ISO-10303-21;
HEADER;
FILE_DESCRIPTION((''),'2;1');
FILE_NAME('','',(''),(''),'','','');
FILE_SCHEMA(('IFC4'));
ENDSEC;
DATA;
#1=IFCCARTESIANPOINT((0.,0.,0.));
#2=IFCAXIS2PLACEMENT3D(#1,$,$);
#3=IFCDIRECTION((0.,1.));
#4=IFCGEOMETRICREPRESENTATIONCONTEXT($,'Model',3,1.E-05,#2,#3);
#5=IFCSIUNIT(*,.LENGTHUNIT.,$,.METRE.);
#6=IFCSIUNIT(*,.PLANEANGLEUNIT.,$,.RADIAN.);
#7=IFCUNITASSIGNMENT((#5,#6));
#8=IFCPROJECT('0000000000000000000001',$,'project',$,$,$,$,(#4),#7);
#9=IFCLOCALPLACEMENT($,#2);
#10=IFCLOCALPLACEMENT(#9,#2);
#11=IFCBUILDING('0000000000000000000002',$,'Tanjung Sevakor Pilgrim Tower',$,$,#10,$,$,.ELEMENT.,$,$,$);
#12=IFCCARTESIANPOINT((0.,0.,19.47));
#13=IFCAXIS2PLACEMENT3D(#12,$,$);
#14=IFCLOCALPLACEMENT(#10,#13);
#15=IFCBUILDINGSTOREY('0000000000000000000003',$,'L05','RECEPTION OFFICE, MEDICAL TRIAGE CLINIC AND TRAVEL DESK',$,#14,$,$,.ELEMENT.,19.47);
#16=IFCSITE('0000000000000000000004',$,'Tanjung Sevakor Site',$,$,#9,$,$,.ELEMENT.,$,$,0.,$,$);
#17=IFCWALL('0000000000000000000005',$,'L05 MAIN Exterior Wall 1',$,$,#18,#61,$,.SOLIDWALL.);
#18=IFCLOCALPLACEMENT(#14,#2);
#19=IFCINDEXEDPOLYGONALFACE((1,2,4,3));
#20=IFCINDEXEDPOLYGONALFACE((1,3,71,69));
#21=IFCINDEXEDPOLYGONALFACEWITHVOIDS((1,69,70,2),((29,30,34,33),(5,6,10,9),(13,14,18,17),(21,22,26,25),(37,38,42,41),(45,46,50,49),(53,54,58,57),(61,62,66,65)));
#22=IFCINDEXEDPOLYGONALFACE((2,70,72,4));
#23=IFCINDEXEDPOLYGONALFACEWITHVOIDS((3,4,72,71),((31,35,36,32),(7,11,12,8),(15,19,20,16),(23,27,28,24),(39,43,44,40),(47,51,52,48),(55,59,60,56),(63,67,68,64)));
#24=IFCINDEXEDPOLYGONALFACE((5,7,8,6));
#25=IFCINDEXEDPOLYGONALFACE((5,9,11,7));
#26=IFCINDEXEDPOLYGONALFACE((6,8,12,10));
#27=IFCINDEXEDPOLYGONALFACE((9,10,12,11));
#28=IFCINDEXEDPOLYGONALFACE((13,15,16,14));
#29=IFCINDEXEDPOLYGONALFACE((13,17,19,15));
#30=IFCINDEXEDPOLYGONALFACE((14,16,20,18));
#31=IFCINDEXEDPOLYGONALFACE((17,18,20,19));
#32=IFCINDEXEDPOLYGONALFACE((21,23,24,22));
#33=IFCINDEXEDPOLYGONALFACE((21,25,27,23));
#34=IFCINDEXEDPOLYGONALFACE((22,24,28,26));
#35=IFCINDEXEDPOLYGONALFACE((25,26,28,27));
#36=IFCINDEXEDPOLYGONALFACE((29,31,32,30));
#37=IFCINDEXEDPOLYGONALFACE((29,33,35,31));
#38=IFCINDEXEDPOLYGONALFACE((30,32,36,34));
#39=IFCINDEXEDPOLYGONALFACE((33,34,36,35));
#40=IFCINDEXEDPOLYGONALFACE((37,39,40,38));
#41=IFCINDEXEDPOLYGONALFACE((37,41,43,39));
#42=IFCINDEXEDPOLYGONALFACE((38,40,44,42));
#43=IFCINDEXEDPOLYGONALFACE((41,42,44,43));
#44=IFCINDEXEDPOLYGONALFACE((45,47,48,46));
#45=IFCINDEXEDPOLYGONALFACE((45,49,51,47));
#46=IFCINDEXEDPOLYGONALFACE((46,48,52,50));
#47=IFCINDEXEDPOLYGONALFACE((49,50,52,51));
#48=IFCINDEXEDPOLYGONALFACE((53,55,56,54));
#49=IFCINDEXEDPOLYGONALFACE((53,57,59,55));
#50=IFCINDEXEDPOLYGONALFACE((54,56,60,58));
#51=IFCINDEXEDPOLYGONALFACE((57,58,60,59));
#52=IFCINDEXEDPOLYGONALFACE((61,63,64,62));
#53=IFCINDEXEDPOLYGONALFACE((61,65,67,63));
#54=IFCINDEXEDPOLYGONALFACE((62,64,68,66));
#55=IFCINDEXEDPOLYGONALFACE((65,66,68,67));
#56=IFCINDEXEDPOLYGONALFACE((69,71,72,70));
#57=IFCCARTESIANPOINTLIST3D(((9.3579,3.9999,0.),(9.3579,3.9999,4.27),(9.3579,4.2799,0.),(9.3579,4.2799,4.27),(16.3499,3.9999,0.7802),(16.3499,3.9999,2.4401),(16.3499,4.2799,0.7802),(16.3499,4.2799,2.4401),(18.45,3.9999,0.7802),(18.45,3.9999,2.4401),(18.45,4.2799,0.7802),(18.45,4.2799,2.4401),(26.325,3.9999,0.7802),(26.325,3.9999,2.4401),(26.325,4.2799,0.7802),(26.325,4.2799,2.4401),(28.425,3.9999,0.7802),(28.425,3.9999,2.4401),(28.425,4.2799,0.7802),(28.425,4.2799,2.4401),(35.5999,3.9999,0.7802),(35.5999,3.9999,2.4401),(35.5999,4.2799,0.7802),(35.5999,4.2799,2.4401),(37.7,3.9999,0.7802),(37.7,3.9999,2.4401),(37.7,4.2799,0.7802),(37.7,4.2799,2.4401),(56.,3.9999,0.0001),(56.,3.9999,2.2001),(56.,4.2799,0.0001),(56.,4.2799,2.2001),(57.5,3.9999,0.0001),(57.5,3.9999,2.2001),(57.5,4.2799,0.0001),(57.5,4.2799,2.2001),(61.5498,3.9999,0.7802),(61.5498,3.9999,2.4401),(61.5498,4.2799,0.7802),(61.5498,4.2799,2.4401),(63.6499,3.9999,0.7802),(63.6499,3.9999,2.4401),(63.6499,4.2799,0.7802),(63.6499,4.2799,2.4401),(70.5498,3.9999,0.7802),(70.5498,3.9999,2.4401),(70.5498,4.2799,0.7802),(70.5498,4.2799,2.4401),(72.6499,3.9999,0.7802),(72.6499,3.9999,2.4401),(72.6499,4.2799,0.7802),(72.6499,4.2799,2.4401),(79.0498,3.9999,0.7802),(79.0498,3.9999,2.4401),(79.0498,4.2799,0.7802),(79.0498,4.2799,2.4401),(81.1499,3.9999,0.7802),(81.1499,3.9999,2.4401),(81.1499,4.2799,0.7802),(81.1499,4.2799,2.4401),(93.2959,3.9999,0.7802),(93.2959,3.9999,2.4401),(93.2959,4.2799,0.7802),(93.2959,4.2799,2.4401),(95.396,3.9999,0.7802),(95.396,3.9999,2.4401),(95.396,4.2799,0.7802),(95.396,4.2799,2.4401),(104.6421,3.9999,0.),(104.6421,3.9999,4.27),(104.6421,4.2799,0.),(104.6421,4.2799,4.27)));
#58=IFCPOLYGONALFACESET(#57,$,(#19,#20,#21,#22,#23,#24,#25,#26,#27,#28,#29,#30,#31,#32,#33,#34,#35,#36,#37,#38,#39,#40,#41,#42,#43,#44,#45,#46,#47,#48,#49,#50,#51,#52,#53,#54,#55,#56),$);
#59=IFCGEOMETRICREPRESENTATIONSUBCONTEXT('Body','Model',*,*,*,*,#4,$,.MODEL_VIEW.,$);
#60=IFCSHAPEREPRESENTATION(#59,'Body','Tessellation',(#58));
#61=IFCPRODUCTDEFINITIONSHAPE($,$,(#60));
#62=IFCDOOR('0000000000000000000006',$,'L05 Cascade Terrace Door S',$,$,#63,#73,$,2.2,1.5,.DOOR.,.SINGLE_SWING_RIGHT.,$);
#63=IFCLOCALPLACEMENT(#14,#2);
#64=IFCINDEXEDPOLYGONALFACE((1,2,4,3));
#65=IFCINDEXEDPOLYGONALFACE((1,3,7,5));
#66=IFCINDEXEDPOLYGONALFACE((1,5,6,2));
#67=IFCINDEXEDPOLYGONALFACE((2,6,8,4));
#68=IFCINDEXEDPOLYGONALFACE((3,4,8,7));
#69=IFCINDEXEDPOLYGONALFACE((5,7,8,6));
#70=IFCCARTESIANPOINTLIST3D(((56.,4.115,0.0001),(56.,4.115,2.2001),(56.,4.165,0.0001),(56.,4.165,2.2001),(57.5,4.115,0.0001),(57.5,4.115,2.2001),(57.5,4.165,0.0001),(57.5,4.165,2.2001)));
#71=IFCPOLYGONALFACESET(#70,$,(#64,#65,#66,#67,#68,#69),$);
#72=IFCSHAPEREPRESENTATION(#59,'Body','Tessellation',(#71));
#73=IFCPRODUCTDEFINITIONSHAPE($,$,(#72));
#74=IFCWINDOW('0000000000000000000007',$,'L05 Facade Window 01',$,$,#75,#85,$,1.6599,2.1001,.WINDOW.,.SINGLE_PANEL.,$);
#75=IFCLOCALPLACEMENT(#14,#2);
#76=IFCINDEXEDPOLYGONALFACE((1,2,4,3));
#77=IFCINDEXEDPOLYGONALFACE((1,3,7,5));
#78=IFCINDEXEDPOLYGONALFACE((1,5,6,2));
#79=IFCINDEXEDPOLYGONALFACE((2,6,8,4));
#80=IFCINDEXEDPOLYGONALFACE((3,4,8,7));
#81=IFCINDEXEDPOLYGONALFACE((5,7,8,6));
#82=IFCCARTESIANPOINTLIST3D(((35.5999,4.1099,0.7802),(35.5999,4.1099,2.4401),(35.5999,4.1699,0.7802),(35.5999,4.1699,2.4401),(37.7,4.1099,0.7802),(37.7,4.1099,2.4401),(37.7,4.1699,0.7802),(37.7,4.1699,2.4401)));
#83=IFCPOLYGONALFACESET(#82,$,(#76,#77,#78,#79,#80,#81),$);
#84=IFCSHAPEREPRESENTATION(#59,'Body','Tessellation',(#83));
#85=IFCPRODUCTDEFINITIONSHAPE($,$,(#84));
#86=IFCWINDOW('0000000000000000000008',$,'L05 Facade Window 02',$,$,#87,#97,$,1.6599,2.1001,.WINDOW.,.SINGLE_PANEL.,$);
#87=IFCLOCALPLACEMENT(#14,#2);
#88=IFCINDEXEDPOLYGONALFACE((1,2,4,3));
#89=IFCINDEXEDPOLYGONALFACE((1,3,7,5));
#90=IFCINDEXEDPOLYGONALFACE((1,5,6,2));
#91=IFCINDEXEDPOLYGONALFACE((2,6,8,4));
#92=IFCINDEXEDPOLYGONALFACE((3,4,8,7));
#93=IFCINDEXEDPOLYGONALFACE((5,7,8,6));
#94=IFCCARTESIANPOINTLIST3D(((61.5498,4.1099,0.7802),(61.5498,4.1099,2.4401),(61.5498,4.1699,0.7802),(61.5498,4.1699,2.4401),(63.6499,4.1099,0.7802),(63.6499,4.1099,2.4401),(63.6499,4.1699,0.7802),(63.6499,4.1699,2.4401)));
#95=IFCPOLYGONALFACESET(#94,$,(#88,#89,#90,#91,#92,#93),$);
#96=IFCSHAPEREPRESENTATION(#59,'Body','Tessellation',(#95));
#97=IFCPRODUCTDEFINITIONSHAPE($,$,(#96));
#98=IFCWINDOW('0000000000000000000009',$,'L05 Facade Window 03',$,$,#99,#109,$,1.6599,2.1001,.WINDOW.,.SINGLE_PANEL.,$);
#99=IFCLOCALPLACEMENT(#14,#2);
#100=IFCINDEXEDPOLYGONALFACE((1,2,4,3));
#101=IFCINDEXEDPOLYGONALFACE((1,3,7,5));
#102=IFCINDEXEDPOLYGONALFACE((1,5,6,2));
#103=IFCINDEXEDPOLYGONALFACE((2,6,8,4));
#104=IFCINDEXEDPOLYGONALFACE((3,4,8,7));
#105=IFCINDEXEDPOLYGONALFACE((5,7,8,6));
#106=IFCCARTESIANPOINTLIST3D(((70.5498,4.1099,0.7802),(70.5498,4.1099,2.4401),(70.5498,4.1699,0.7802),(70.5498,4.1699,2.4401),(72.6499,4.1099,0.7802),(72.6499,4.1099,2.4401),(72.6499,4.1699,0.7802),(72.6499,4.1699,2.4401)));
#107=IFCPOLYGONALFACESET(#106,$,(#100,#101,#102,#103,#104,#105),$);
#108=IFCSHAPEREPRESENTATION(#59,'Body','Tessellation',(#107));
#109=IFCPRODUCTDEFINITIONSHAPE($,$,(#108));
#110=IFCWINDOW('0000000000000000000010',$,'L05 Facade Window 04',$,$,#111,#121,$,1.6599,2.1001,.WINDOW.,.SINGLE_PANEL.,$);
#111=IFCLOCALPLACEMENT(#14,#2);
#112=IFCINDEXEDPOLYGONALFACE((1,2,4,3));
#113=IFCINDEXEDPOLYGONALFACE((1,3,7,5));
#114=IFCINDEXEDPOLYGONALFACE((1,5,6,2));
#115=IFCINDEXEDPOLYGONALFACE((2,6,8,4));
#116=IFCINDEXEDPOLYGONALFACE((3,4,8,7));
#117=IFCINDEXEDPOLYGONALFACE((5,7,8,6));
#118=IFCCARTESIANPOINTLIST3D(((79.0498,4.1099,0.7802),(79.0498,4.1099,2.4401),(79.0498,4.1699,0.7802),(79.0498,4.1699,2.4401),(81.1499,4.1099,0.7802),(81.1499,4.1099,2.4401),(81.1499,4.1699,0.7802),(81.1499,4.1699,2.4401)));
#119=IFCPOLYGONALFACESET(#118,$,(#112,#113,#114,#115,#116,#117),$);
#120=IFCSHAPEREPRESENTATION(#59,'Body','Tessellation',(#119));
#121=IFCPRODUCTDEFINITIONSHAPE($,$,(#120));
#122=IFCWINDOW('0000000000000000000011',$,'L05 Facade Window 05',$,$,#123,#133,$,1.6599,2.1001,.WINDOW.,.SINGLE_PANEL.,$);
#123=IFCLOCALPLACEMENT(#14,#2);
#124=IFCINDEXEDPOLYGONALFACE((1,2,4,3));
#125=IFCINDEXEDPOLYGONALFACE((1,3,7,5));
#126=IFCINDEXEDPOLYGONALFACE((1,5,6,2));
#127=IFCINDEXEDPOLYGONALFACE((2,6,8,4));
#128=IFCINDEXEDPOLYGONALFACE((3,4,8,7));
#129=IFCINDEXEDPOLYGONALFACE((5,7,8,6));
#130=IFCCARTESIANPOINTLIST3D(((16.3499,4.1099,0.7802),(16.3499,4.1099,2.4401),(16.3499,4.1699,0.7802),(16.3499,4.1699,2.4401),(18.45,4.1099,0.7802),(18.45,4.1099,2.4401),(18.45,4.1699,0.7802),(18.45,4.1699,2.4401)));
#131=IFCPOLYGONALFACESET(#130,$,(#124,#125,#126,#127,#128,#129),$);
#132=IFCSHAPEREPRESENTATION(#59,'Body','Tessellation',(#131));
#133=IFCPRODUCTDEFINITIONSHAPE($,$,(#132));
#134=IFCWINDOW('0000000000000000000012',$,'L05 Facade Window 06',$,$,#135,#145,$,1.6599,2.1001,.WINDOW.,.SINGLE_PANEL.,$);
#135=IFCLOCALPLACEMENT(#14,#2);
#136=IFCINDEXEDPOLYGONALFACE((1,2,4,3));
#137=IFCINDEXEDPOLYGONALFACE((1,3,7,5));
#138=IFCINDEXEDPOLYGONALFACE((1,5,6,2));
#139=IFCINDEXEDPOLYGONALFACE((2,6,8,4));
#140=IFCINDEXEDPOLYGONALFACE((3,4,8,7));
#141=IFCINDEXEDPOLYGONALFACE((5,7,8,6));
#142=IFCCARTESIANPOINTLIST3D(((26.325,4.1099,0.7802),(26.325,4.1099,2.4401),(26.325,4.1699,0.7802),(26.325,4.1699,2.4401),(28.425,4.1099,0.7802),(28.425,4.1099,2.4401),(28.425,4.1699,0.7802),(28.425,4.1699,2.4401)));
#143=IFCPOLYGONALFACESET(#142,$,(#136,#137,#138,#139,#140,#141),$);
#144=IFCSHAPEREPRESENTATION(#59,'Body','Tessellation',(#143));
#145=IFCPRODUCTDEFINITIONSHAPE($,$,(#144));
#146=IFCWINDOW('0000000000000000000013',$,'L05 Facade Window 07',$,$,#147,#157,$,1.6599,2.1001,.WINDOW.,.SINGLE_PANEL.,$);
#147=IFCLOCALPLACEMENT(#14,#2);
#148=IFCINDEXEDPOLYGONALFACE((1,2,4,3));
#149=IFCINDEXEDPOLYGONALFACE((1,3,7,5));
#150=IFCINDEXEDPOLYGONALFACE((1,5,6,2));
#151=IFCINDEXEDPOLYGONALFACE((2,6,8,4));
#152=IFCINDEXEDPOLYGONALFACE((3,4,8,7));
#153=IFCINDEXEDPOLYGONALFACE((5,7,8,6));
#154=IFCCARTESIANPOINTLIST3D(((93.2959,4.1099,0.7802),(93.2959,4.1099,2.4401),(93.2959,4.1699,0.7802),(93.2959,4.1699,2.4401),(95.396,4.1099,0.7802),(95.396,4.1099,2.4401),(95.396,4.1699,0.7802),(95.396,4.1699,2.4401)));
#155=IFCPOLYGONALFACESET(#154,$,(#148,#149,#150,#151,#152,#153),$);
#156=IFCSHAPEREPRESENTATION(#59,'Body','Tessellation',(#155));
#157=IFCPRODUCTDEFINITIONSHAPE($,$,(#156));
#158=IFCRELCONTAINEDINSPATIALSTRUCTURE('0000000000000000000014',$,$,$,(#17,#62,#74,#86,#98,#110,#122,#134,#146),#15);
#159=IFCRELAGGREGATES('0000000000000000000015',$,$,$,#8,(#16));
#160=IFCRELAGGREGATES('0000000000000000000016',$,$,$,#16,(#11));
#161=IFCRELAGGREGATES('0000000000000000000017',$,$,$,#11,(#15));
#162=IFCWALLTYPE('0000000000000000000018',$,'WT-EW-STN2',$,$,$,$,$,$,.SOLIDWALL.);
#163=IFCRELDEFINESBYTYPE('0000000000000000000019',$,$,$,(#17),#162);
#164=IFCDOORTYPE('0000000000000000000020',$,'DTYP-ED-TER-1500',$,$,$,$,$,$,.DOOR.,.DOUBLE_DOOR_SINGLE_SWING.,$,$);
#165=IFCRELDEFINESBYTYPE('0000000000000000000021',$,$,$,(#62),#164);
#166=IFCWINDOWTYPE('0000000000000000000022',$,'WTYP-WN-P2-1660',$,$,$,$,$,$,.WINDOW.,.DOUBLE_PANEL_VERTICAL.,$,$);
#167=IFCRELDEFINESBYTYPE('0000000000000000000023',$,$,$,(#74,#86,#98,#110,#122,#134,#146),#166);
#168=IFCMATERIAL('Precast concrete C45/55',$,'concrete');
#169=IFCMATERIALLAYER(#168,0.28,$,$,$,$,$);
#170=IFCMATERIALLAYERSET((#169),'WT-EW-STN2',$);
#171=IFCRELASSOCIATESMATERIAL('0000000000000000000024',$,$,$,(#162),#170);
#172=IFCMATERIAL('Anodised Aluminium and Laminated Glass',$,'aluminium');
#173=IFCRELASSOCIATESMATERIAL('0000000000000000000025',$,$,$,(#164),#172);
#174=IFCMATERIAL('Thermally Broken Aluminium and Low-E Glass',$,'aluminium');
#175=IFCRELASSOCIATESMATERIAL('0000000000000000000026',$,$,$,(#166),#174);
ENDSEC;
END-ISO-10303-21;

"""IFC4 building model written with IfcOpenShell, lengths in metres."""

from ifc_helpers import new_model, si_unit, direction, frame, frame_2d, origin, place, context, subcontext, project, spatial, rectangle, extrude, material, layer, layer_set, type_object, element, fill, save


model = new_model("IFC4")

# Units and contexts
model_context = context("Model", 3, precision=1e-05, world=origin(), true_north=direction((0.0, 1.0)))
body_context = subcontext(model_context, "Body", "Model", "MODEL_VIEW")
ifc_project = project(units=[si_unit("LENGTHUNIT", "METRE"), si_unit("PLANEANGLEUNIT", "RADIAN")], contexts=[model_context])

# Site, building, storey
site_placement = place(None, origin())
site = spatial("IfcSite", under=ifc_project, at=site_placement, Name="Tanjung Sevakor Site", CompositionType="ELEMENT", RefElevation=0.0)
building_placement = place(site_placement, origin())
building = spatial("IfcBuilding", under=site, at=building_placement, Name="Tanjung Sevakor Pilgrim Tower", CompositionType="ELEMENT")
storey_placement = place(building_placement, frame((0.0, 0.0, 19.47)))
storey = spatial("IfcBuildingStorey", under=building, at=storey_placement, Name="L05", Description="RECEPTION OFFICE, MEDICAL TRIAGE CLINIC AND TRAVEL DESK", CompositionType="ELEMENT", Elevation=19.47)

# Wall, openings, door, windows
ifc_material_1 = material(Name="Precast concrete C45/55", Category="concrete")
ifc_layer_1 = layer(ifc_material_1, 0.28)
ifc_layer_set_1 = layer_set([ifc_layer_1], Name="WT-EW-STN2")
wall_type_1 = type_object("IfcWallType", Name="WT-EW-STN2", PredefinedType="SOLIDWALL", material=ifc_layer_set_1)
wall_1_placement = place(storey_placement, frame((9.3579, 4.1399, 0.0), z_axis=(0.0, 0.0, 1.0), x_axis=(1.0, 0.0, 0.0)))
wall_1 = element("IfcWall", 1, at=wall_1_placement, inside=storey, type_object=wall_type_1, Name="L05 MAIN Exterior Wall 1", PredefinedType="SOLIDWALL", context=body_context, shape_type="SweptSolid", body=[
    extrude(rectangle(XDim=95.2842, YDim=0.28, at=frame_2d((47.6421, 0.0))), origin(), (0.0, 0.0, 1.0), 4.27),
])
opening_1_placement = place(wall_1_placement, frame((46.6421, 0.0, 0.0)))
opening_1 = element("IfcOpeningElement", 2, at=opening_1_placement, cuts=wall_1, PredefinedType="OPENING", context=body_context, shape_type="SweptSolid", body=[
    extrude(rectangle(XDim=1.5, YDim=2.2, at=frame_2d((0.75, 1.1001))), frame((0.0, 0.1499, 0.0), z_axis=(0.0, -1.0, 0.0), x_axis=(1.0, 0.0, 0.0)), (0.0, 0.0, 1.0), 0.3),
])
opening_2_placement = place(wall_1_placement, frame((26.2419, 0.0, 0.78)))
opening_2 = element("IfcOpeningElement", 3, at=opening_2_placement, cuts=wall_1, PredefinedType="OPENING", context=body_context, shape_type="SweptSolid", body=[
    extrude(rectangle(XDim=2.1001, YDim=1.6599, at=frame_2d((1.05, 0.8301))), frame((0.0, 0.1499, 0.0), z_axis=(0.0, -1.0, 0.0), x_axis=(1.0, 0.0, 0.0)), (0.0, 0.0, 1.0), 0.3),
])
opening_3_placement = place(wall_1_placement, frame((52.1919, 0.0, 0.78)))
opening_3 = element("IfcOpeningElement", 4, at=opening_3_placement, cuts=wall_1, PredefinedType="OPENING", context=body_context, shape_type="SweptSolid", body=[
    extrude(rectangle(XDim=2.1001, YDim=1.6599, at=frame_2d((1.05, 0.8301))), frame((0.0, 0.1499, 0.0), z_axis=(0.0, -1.0, 0.0), x_axis=(1.0, 0.0, 0.0)), (0.0, 0.0, 1.0), 0.3),
])
opening_4_placement = place(wall_1_placement, frame((61.1919, 0.0, 0.78)))
opening_4 = element("IfcOpeningElement", 5, at=opening_4_placement, cuts=wall_1, PredefinedType="OPENING", context=body_context, shape_type="SweptSolid", body=[
    extrude(rectangle(XDim=2.1001, YDim=1.6599, at=frame_2d((1.05, 0.8301))), frame((0.0, 0.1499, 0.0), z_axis=(0.0, -1.0, 0.0), x_axis=(1.0, 0.0, 0.0)), (0.0, 0.0, 1.0), 0.3),
])
opening_5_placement = place(wall_1_placement, frame((69.6919, 0.0, 0.78)))
opening_5 = element("IfcOpeningElement", 6, at=opening_5_placement, cuts=wall_1, PredefinedType="OPENING", context=body_context, shape_type="SweptSolid", body=[
    extrude(rectangle(XDim=2.1001, YDim=1.6599, at=frame_2d((1.05, 0.8301))), frame((0.0, 0.1499, 0.0), z_axis=(0.0, -1.0, 0.0), x_axis=(1.0, 0.0, 0.0)), (0.0, 0.0, 1.0), 0.3),
])
opening_6_placement = place(wall_1_placement, frame((6.9919, 0.0, 0.78)))
opening_6 = element("IfcOpeningElement", 7, at=opening_6_placement, cuts=wall_1, PredefinedType="OPENING", context=body_context, shape_type="SweptSolid", body=[
    extrude(rectangle(XDim=2.1001, YDim=1.6599, at=frame_2d((1.05, 0.8301))), frame((0.0, 0.1499, 0.0), z_axis=(0.0, -1.0, 0.0), x_axis=(1.0, 0.0, 0.0)), (0.0, 0.0, 1.0), 0.3),
])
opening_7_placement = place(wall_1_placement, frame((16.967, 0.0, 0.78)))
opening_7 = element("IfcOpeningElement", 8, at=opening_7_placement, cuts=wall_1, PredefinedType="OPENING", context=body_context, shape_type="SweptSolid", body=[
    extrude(rectangle(XDim=2.1001, YDim=1.6599, at=frame_2d((1.05, 0.8301))), frame((0.0, 0.1499, 0.0), z_axis=(0.0, -1.0, 0.0), x_axis=(1.0, 0.0, 0.0)), (0.0, 0.0, 1.0), 0.3),
])
opening_8_placement = place(wall_1_placement, frame((83.938, 0.0, 0.78)))
opening_8 = element("IfcOpeningElement", 9, at=opening_8_placement, cuts=wall_1, PredefinedType="OPENING", context=body_context, shape_type="SweptSolid", body=[
    extrude(rectangle(XDim=2.1001, YDim=1.6599, at=frame_2d((1.05, 0.8301))), frame((0.0, 0.1499, 0.0), z_axis=(0.0, -1.0, 0.0), x_axis=(1.0, 0.0, 0.0)), (0.0, 0.0, 1.0), 0.3),
])
ifc_material_2 = material(Name="Anodised Aluminium and Laminated Glass", Category="aluminium")
door_type = type_object("IfcDoorType", Name="DTYP-ED-TER-1500", OperationType="DOUBLE_DOOR_SINGLE_SWING", PredefinedType="DOOR", material=ifc_material_2)
door_placement = place(opening_1_placement, frame((1.5, 0.0, 0.0), z_axis=(0.0, 0.0, 1.0), x_axis=(-1.0, 0.0, 0.0)))
door = element("IfcDoor", 10, at=door_placement, inside=storey, type_object=door_type, Name="L05 Cascade Terrace Door S", OperationType="SINGLE_SWING_RIGHT", OverallHeight=2.2, OverallWidth=1.5, PredefinedType="DOOR", context=body_context, shape_type="SweptSolid", body=[
    extrude(rectangle(XDim=1.5, YDim=2.2, at=frame_2d((0.75, 1.1001))), frame((0.0, 0.0249, 0.0), z_axis=(0.0, -1.0, 0.0), x_axis=(1.0, 0.0, 0.0)), (0.0, 0.0, 1.0), 0.05),
])
fill(opening_1, door)
ifc_material_3 = material(Name="Thermally Broken Aluminium and Low-E Glass", Category="aluminium")
window_type_1 = type_object("IfcWindowType", Name="WTYP-WN-P2-1660", PartitioningType="DOUBLE_PANEL_VERTICAL", PredefinedType="WINDOW", material=ifc_material_3)
window_1_placement = place(opening_2_placement, origin())
window_1 = element("IfcWindow", 11, at=window_1_placement, inside=storey, type_object=window_type_1, Name="L05 Facade Window 01", OverallHeight=1.6599, OverallWidth=2.1001, PartitioningType="SINGLE_PANEL", PredefinedType="WINDOW", context=body_context, shape_type="SweptSolid", body=[
    extrude(rectangle(XDim=2.1001, YDim=1.6599, at=frame_2d((1.05, 0.8301))), frame((0.0, 0.03, 0.0), z_axis=(0.0, -1.0, 0.0), x_axis=(1.0, 0.0, 0.0)), (0.0, 0.0, 1.0), 0.0601),
])
fill(opening_2, window_1)
window_2_placement = place(opening_3_placement, origin())
window_2 = element("IfcWindow", 12, at=window_2_placement, inside=storey, type_object=window_type_1, Name="L05 Facade Window 02", OverallHeight=1.6599, OverallWidth=2.1001, PartitioningType="SINGLE_PANEL", PredefinedType="WINDOW", context=body_context, shape_type="SweptSolid", body=[
    extrude(rectangle(XDim=2.1001, YDim=1.6599, at=frame_2d((1.05, 0.8301))), frame((0.0, 0.03, 0.0), z_axis=(0.0, -1.0, 0.0), x_axis=(1.0, 0.0, 0.0)), (0.0, 0.0, 1.0), 0.0601),
])
fill(opening_3, window_2)
window_3_placement = place(opening_4_placement, origin())
window_3 = element("IfcWindow", 13, at=window_3_placement, inside=storey, type_object=window_type_1, Name="L05 Facade Window 03", OverallHeight=1.6599, OverallWidth=2.1001, PartitioningType="SINGLE_PANEL", PredefinedType="WINDOW", context=body_context, shape_type="SweptSolid", body=[
    extrude(rectangle(XDim=2.1001, YDim=1.6599, at=frame_2d((1.05, 0.8301))), frame((0.0, 0.03, 0.0), z_axis=(0.0, -1.0, 0.0), x_axis=(1.0, 0.0, 0.0)), (0.0, 0.0, 1.0), 0.0601),
])
fill(opening_4, window_3)
window_4_placement = place(opening_5_placement, origin())
window_4 = element("IfcWindow", 14, at=window_4_placement, inside=storey, type_object=window_type_1, Name="L05 Facade Window 04", OverallHeight=1.6599, OverallWidth=2.1001, PartitioningType="SINGLE_PANEL", PredefinedType="WINDOW", context=body_context, shape_type="SweptSolid", body=[
    extrude(rectangle(XDim=2.1001, YDim=1.6599, at=frame_2d((1.05, 0.8301))), frame((0.0, 0.03, 0.0), z_axis=(0.0, -1.0, 0.0), x_axis=(1.0, 0.0, 0.0)), (0.0, 0.0, 1.0), 0.0601),
])
fill(opening_5, window_4)
window_5_placement = place(opening_6_placement, origin())
window_5 = element("IfcWindow", 15, at=window_5_placement, inside=storey, type_object=window_type_1, Name="L05 Facade Window 05", OverallHeight=1.6599, OverallWidth=2.1001, PartitioningType="SINGLE_PANEL", PredefinedType="WINDOW", context=body_context, shape_type="SweptSolid", body=[
    extrude(rectangle(XDim=2.1001, YDim=1.6599, at=frame_2d((1.05, 0.8301))), frame((0.0, 0.03, 0.0), z_axis=(0.0, -1.0, 0.0), x_axis=(1.0, 0.0, 0.0)), (0.0, 0.0, 1.0), 0.0601),
])
fill(opening_6, window_5)
window_6_placement = place(opening_7_placement, origin())
window_6 = element("IfcWindow", 16, at=window_6_placement, inside=storey, type_object=window_type_1, Name="L05 Facade Window 06", OverallHeight=1.6599, OverallWidth=2.1001, PartitioningType="SINGLE_PANEL", PredefinedType="WINDOW", context=body_context, shape_type="SweptSolid", body=[
    extrude(rectangle(XDim=2.1001, YDim=1.6599, at=frame_2d((1.05, 0.8301))), frame((0.0, 0.03, 0.0), z_axis=(0.0, -1.0, 0.0), x_axis=(1.0, 0.0, 0.0)), (0.0, 0.0, 1.0), 0.0601),
])
fill(opening_7, window_6)
window_7_placement = place(opening_8_placement, origin())
window_7 = element("IfcWindow", 17, at=window_7_placement, inside=storey, type_object=window_type_1, Name="L05 Facade Window 07", OverallHeight=1.6599, OverallWidth=2.1001, PartitioningType="SINGLE_PANEL", PredefinedType="WINDOW", context=body_context, shape_type="SweptSolid", body=[
    extrude(rectangle(XDim=2.1001, YDim=1.6599, at=frame_2d((1.05, 0.8301))), frame((0.0, 0.03, 0.0), z_axis=(0.0, -1.0, 0.0), x_axis=(1.0, 0.0, 0.0)), (0.0, 0.0, 1.0), 0.0601),
])
fill(opening_8, window_7)

save(model, "model.ifc")
